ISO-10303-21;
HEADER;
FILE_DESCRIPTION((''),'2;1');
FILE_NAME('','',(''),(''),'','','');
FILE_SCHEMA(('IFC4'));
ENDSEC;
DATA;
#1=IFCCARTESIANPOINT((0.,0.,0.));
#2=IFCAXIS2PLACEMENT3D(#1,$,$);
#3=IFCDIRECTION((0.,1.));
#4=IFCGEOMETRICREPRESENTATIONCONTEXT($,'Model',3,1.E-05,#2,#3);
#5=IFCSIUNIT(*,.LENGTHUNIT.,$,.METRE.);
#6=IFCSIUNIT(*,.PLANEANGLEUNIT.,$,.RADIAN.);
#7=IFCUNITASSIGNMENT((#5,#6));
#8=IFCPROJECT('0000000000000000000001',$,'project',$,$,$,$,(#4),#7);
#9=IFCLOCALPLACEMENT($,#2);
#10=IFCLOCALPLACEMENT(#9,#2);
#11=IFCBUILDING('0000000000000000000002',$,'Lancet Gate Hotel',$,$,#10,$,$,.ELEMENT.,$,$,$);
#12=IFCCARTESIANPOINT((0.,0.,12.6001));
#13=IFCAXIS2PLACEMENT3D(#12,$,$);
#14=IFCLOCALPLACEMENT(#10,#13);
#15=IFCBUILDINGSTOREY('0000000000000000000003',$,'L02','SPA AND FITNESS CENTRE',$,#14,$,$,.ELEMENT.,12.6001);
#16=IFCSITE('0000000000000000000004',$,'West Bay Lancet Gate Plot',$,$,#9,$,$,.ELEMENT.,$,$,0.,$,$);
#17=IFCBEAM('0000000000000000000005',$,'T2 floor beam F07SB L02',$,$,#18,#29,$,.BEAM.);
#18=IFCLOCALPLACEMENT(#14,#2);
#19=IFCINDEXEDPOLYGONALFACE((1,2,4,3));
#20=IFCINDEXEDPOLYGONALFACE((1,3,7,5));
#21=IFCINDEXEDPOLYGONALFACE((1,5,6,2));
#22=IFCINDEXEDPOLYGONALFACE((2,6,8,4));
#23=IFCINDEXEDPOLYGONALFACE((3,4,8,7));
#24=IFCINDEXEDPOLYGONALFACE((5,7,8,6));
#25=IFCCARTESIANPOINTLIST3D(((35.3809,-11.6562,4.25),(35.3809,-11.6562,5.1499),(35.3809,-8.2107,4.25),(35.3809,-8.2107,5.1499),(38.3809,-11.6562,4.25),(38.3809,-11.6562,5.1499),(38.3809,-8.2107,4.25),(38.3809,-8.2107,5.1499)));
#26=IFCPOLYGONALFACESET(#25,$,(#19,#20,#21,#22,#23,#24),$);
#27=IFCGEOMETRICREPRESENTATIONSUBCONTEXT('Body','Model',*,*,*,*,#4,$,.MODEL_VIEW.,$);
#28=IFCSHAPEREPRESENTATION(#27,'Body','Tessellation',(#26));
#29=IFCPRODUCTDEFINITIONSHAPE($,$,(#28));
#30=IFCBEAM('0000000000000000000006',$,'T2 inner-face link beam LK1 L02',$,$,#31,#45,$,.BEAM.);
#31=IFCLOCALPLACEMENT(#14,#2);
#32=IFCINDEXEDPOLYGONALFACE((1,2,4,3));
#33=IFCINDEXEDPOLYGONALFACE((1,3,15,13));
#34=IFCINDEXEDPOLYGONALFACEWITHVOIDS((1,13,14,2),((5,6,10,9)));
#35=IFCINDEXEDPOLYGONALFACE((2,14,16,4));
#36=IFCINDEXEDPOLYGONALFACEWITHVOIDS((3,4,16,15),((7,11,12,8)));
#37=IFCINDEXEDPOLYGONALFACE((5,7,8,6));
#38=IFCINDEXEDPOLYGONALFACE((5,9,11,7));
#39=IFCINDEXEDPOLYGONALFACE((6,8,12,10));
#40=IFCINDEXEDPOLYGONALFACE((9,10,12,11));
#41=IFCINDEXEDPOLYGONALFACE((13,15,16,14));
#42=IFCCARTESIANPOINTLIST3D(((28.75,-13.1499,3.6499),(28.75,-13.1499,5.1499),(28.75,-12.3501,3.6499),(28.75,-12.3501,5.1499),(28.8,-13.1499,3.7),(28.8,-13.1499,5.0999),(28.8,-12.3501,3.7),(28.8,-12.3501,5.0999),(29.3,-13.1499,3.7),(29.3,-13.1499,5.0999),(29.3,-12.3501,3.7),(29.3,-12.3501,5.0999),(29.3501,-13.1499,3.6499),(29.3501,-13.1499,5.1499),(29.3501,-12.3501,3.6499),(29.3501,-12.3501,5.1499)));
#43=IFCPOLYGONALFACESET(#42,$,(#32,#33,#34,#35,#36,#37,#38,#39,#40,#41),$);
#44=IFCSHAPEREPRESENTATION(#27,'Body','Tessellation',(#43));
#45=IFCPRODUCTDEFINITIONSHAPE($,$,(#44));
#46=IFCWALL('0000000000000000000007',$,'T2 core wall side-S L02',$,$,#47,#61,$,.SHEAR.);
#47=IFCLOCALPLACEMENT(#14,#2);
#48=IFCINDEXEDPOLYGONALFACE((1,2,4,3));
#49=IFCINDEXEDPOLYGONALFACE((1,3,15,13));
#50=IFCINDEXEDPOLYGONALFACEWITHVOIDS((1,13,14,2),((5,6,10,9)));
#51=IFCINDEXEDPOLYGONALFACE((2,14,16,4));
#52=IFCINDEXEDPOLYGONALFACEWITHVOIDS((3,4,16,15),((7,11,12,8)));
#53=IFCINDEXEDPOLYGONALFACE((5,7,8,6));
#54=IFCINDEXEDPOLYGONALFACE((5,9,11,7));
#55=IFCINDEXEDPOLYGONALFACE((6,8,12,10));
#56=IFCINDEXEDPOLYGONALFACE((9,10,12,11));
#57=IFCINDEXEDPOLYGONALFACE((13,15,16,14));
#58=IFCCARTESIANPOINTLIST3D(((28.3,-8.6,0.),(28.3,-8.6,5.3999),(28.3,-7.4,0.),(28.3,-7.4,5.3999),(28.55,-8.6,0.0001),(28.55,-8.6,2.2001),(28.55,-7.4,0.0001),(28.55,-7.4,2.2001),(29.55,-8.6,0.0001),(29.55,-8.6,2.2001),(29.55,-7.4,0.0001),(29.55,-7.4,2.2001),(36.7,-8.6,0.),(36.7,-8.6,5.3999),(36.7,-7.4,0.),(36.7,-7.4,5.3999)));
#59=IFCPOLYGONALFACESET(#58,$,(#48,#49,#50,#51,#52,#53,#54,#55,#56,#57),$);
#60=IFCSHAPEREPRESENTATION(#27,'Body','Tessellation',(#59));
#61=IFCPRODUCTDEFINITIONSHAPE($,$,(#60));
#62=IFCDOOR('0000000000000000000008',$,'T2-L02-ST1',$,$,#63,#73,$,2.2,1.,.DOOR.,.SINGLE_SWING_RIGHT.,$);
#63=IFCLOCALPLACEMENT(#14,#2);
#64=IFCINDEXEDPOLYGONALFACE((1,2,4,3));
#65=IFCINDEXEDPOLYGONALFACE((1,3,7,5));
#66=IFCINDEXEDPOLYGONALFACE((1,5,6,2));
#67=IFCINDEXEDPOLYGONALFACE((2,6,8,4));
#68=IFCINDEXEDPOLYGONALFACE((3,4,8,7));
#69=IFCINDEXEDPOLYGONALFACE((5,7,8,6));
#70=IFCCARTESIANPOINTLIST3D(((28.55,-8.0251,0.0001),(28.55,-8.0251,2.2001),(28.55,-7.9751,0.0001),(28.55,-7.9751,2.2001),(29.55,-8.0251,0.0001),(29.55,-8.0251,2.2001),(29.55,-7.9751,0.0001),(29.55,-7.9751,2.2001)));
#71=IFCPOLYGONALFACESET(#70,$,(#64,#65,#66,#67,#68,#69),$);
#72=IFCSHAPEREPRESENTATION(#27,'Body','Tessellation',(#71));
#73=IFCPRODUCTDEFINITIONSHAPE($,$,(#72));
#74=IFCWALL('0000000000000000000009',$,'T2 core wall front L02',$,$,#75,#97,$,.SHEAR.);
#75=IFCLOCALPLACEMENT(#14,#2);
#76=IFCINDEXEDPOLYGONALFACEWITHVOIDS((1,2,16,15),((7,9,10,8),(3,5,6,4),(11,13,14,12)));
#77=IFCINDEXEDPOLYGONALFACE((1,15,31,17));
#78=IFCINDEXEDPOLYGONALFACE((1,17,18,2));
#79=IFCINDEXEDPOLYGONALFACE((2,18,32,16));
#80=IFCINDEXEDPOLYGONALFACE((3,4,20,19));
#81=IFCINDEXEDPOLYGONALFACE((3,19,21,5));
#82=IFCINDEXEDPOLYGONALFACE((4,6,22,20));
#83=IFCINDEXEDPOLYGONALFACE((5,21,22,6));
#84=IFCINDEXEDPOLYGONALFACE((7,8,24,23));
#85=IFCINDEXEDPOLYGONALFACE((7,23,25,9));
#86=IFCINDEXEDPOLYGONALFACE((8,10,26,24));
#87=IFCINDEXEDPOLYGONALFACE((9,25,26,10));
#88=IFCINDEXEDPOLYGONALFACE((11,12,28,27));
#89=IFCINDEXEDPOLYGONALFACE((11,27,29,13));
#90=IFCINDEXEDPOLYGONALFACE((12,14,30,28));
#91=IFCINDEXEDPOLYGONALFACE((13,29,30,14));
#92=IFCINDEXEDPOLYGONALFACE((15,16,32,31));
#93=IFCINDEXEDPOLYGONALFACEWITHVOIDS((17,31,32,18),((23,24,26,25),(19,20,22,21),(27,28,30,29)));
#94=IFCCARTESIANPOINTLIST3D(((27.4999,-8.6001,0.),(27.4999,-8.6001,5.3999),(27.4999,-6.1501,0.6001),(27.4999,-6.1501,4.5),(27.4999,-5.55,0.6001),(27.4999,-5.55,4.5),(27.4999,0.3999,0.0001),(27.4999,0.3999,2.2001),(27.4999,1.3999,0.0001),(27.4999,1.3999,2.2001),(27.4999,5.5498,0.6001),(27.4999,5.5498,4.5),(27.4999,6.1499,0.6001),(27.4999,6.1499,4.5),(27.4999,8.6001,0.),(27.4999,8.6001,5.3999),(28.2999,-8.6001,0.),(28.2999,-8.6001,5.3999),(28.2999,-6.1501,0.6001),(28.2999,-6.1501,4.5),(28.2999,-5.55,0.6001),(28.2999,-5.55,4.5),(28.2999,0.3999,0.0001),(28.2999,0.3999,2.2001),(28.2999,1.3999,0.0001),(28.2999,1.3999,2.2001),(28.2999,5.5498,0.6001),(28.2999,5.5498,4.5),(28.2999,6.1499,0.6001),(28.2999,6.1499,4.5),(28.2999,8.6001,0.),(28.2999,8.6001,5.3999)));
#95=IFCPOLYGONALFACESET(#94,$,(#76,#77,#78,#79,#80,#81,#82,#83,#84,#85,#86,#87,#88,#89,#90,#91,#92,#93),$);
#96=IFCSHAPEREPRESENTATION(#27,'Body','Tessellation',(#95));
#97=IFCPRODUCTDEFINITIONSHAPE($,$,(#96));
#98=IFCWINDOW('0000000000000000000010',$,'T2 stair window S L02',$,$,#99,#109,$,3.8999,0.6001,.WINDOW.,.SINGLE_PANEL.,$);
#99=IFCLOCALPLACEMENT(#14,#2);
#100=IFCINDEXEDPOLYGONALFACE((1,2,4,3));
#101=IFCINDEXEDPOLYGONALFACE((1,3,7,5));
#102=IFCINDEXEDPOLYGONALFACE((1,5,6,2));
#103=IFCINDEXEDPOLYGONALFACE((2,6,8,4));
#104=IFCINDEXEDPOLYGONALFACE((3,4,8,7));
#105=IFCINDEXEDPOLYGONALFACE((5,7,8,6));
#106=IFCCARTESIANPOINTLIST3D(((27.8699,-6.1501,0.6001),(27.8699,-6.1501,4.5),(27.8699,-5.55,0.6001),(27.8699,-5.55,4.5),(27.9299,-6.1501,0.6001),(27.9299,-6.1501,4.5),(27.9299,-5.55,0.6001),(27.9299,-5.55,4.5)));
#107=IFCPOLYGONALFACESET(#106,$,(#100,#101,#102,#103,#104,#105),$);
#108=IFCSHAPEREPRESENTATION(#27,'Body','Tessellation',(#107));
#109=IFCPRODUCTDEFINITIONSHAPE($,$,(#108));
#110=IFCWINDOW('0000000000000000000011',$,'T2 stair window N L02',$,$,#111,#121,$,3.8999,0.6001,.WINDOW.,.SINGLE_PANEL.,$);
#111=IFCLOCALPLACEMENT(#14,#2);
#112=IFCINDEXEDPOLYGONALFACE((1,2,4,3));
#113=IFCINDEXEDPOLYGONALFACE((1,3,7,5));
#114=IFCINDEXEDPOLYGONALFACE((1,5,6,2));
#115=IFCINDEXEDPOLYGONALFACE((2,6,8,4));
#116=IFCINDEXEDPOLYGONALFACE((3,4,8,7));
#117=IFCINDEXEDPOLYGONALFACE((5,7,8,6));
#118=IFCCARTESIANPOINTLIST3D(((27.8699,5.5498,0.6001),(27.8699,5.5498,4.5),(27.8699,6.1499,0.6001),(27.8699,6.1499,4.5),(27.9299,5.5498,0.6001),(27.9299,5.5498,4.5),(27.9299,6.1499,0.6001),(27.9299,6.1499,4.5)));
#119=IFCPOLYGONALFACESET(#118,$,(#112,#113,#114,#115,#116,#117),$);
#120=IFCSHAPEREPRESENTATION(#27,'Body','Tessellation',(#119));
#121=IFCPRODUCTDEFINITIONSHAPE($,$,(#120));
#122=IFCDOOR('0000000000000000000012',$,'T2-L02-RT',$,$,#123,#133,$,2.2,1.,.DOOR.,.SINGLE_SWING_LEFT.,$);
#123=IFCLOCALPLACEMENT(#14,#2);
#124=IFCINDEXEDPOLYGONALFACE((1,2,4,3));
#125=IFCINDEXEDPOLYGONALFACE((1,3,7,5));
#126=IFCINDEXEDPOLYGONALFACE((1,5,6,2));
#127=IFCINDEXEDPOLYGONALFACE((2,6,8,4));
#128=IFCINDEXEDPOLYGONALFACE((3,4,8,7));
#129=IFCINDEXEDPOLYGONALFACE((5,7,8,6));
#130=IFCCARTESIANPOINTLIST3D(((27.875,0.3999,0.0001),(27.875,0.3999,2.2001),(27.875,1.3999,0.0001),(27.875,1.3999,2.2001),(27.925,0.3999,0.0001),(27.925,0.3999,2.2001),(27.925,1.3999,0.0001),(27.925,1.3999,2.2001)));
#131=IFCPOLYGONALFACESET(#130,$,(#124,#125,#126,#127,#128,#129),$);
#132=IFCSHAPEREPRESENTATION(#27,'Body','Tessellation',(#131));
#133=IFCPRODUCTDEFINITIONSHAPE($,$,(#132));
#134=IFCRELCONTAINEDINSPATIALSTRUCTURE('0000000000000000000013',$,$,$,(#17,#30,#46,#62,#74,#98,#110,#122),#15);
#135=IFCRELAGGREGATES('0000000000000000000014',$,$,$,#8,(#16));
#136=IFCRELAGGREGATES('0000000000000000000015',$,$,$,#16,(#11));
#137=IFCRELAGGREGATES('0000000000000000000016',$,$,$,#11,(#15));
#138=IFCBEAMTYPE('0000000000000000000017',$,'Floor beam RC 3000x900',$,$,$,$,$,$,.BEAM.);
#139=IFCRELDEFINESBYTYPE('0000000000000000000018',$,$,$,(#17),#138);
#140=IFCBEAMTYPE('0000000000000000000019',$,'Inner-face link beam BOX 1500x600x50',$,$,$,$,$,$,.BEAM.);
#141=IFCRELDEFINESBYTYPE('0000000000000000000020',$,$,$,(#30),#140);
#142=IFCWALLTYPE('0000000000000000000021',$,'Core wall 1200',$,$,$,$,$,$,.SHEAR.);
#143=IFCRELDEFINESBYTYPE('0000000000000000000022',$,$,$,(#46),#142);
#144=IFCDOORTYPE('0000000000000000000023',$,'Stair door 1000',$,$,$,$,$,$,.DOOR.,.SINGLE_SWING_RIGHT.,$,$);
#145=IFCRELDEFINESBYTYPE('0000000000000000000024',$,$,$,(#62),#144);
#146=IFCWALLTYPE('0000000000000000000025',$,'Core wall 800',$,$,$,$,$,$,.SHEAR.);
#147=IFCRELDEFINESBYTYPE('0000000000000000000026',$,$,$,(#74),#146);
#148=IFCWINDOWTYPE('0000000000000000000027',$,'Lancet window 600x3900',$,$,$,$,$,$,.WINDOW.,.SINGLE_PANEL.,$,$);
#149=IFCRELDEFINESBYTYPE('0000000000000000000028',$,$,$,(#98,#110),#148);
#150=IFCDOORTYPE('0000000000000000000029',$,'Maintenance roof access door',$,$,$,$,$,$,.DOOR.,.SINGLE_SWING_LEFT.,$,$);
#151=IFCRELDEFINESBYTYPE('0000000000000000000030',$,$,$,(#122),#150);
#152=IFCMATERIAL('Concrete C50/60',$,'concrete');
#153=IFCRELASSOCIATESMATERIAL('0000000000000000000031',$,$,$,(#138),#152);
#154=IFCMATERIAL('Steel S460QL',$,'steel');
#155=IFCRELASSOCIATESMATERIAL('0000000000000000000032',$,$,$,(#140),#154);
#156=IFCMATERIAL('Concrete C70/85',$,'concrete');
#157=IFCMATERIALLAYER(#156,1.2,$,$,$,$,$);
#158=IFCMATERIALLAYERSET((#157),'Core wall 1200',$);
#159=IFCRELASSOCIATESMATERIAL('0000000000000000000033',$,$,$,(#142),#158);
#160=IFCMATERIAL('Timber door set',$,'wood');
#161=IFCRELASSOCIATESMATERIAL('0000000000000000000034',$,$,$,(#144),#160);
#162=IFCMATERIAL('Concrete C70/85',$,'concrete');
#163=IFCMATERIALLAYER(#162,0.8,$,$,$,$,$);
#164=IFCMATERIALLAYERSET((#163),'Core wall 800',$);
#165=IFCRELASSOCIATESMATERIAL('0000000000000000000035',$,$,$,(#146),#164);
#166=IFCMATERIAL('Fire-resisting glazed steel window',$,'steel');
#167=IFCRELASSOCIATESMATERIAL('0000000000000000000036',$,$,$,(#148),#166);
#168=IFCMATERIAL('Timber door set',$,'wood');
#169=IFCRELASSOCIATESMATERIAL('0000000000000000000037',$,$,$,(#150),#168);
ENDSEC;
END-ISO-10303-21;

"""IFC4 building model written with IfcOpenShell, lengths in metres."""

from ifc_helpers import new_model, si_unit, direction, frame, frame_2d, origin, origin_2d, place, context, subcontext, project, spatial, rectangle, hollow_rectangle, extrude, material, layer, layer_set, material_profile, profile_set, type_object, element, fill, save


model = new_model("IFC4")

# Units and contexts
model_context = context("Model", 3, precision=1e-05, world=origin(), true_north=direction((0.0, 1.0)))
body_context = subcontext(model_context, "Body", "Model", "MODEL_VIEW")
ifc_project = project(units=[si_unit("LENGTHUNIT", "METRE"), si_unit("PLANEANGLEUNIT", "RADIAN")], contexts=[model_context])

# Site, building, storey
site_placement = place(None, origin())
site = spatial("IfcSite", under=ifc_project, at=site_placement, Name="West Bay Lancet Gate Plot", CompositionType="ELEMENT", RefElevation=0.0)
building_placement = place(site_placement, origin())
building = spatial("IfcBuilding", under=site, at=building_placement, Name="Lancet Gate Hotel", CompositionType="ELEMENT")
storey_placement = place(building_placement, frame((0.0, 0.0, 12.6001)))
storey = spatial("IfcBuildingStorey", under=building, at=storey_placement, Name="L02", Description="SPA AND FITNESS CENTRE", CompositionType="ELEMENT", Elevation=12.6001)

# Beams
ifc_material_1 = material(Name="Concrete C50/60", Category="concrete")
ifc_material_profile_1 = material_profile(ifc_material_1, rectangle(XDim=3.0, YDim=0.8999, at=origin_2d()), Name="RC 3000x900")
ifc_profile_set_1 = profile_set([ifc_material_profile_1], Name="Concrete C50/60")
beam_type_1 = type_object("IfcBeamType", Name="Floor beam RC 3000x900", PredefinedType="BEAM", material=ifc_profile_set_1)
beam_1_placement = place(storey_placement, frame((36.8809, -11.6562, 4.7), z_axis=(0.0, 1.0, 0.0), x_axis=(-1.0, 0.0, 0.0)))
element("IfcBeam", 1, at=beam_1_placement, inside=storey, type_object=beam_type_1, Name="T2 floor beam F07SB L02", PredefinedType="BEAM", context=body_context, shape_type="SweptSolid", body=[
    extrude(rectangle(XDim=3.0, YDim=0.8999, at=origin_2d()), origin(), (0.0, 0.0, 1.0), 3.4456),
])
ifc_material_2 = material(Name="Steel S460QL", Category="steel")
ifc_material_profile_2 = material_profile(ifc_material_2, hollow_rectangle(XDim=0.6001, YDim=1.5, WallThickness=0.05, at=origin_2d()), Name="BOX 1500x600x50")
ifc_profile_set_2 = profile_set([ifc_material_profile_2], Name="Steel S460QL")
beam_type_2 = type_object("IfcBeamType", Name="Inner-face link beam BOX 1500x600x50", PredefinedType="BEAM", material=ifc_profile_set_2)
beam_2_placement = place(storey_placement, frame((29.05, -13.1499, 4.3999), z_axis=(0.0, 1.0, 0.0), x_axis=(-1.0, 0.0, 0.0)))
element("IfcBeam", 2, at=beam_2_placement, inside=storey, type_object=beam_type_2, Name="T2 inner-face link beam LK1 L02", PredefinedType="BEAM", context=body_context, shape_type="SweptSolid", body=[
    extrude(hollow_rectangle(XDim=0.6001, YDim=1.5, WallThickness=0.05, at=origin_2d()), origin(), (0.0, 0.0, 1.0), 0.7998),
])

# Wall, opening, door
ifc_material_3 = material(Name="Concrete C70/85", Category="concrete")
ifc_layer_1 = layer(ifc_material_3, 1.2)
ifc_layer_set_1 = layer_set([ifc_layer_1], Name="Core wall 1200")
wall_type_1 = type_object("IfcWallType", Name="Core wall 1200", PredefinedType="SHEAR", material=ifc_layer_set_1)
wall_1_placement = place(storey_placement, frame((28.3, -8.0, 0.0), z_axis=(0.0, 0.0, 1.0), x_axis=(1.0, 0.0, 0.0)))
wall_1 = element("IfcWall", 3, at=wall_1_placement, inside=storey, type_object=wall_type_1, Name="T2 core wall side-S L02", PredefinedType="SHEAR", context=body_context, shape_type="SweptSolid", body=[
    extrude(rectangle(XDim=8.3999, YDim=1.2, at=frame_2d((4.2, 0.0))), origin(), (0.0, 0.0, 1.0), 5.3999),
])
opening_1_placement = place(wall_1_placement, frame((0.25, 0.0, 0.0)))
opening_1 = element("IfcOpeningElement", 4, at=opening_1_placement, cuts=wall_1, PredefinedType="OPENING", context=body_context, shape_type="SweptSolid", body=[
    extrude(rectangle(XDim=1.0, YDim=2.2, at=frame_2d((0.5, 1.1001))), frame((0.0, 0.6099, 0.0), z_axis=(0.0, -1.0, 0.0), x_axis=(1.0, 0.0, 0.0)), (0.0, 0.0, 1.0), 1.22),
])
ifc_material_4 = material(Name="Timber door set", Category="wood")
door_type_1 = type_object("IfcDoorType", Name="Stair door 1000", OperationType="SINGLE_SWING_RIGHT", PredefinedType="DOOR", material=ifc_material_4)
door_1_placement = place(opening_1_placement, origin())
door_1 = element("IfcDoor", 5, at=door_1_placement, inside=storey, type_object=door_type_1, Name="T2-L02-ST1", OperationType="SINGLE_SWING_RIGHT", OverallHeight=2.2, OverallWidth=1.0, PredefinedType="DOOR", context=body_context, shape_type="SweptSolid", body=[
    extrude(rectangle(XDim=1.0, YDim=2.2, at=frame_2d((0.5, 1.1001))), frame((0.0, 0.0249, 0.0), z_axis=(0.0, -1.0, 0.0), x_axis=(1.0, 0.0, 0.0)), (0.0, 0.0, 1.0), 0.05),
])
fill(opening_1, door_1)

# Wall, openings, windows, door
ifc_material_5 = material(Name="Concrete C70/85", Category="concrete")
ifc_layer_2 = layer(ifc_material_5, 0.8)
ifc_layer_set_2 = layer_set([ifc_layer_2], Name="Core wall 800")
wall_type_2 = type_object("IfcWallType", Name="Core wall 800", PredefinedType="SHEAR", material=ifc_layer_set_2)
wall_2_placement = place(storey_placement, frame((27.8999, -8.6001, 0.0), z_axis=(0.0, 0.0, 1.0), x_axis=(0.0, 1.0, 0.0)))
wall_2 = element("IfcWall", 6, at=wall_2_placement, inside=storey, type_object=wall_type_2, Name="T2 core wall front L02", PredefinedType="SHEAR", context=body_context, shape_type="SweptSolid", body=[
    extrude(rectangle(XDim=17.2002, YDim=0.8, at=frame_2d((8.6001, 0.0))), origin(), (0.0, 0.0, 1.0), 5.3999),
])
opening_2_placement = place(wall_2_placement, frame((9.0, 0.0, 0.0)))
opening_2 = element("IfcOpeningElement", 7, at=opening_2_placement, cuts=wall_2, PredefinedType="OPENING", context=body_context, shape_type="SweptSolid", body=[
    extrude(rectangle(XDim=1.0, YDim=2.2, at=frame_2d((0.5, 1.1001))), frame((0.0, 0.4099, 0.0), z_axis=(0.0, -1.0, 0.0), x_axis=(1.0, 0.0, 0.0)), (0.0, 0.0, 1.0), 0.8201),
])
opening_3_placement = place(wall_2_placement, frame((2.45, 0.0, 0.6001)))
opening_3 = element("IfcOpeningElement", 8, at=opening_3_placement, cuts=wall_2, PredefinedType="OPENING", context=body_context, shape_type="SweptSolid", body=[
    extrude(rectangle(XDim=0.6001, YDim=3.8999, at=frame_2d((0.3, 1.95))), frame((0.0, 0.4099, 0.0), z_axis=(0.0, -1.0, 0.0), x_axis=(1.0, 0.0, 0.0)), (0.0, 0.0, 1.0), 0.8201),
])
opening_4_placement = place(wall_2_placement, frame((14.1499, 0.0, 0.6001)))
opening_4 = element("IfcOpeningElement", 9, at=opening_4_placement, cuts=wall_2, PredefinedType="OPENING", context=body_context, shape_type="SweptSolid", body=[
    extrude(rectangle(XDim=0.6001, YDim=3.8999, at=frame_2d((0.3, 1.95))), frame((0.0, 0.4099, 0.0), z_axis=(0.0, -1.0, 0.0), x_axis=(1.0, 0.0, 0.0)), (0.0, 0.0, 1.0), 0.8201),
])
ifc_material_6 = material(Name="Fire-resisting glazed steel window", Category="steel")
window_type = type_object("IfcWindowType", Name="Lancet window 600x3900", PartitioningType="SINGLE_PANEL", PredefinedType="WINDOW", material=ifc_material_6)
window_1_placement = place(opening_3_placement, origin())
window_1 = element("IfcWindow", 10, at=window_1_placement, inside=storey, type_object=window_type, Name="T2 stair window S L02", OverallHeight=3.8999, OverallWidth=0.6001, PartitioningType="SINGLE_PANEL", PredefinedType="WINDOW", context=body_context, shape_type="SweptSolid", body=[
    extrude(rectangle(XDim=0.6001, YDim=3.8999, at=frame_2d((0.3, 1.95))), frame((0.0, 0.03, 0.0), z_axis=(0.0, -1.0, 0.0), x_axis=(1.0, 0.0, 0.0)), (0.0, 0.0, 1.0), 0.0601),
])
fill(opening_3, window_1)
window_2_placement = place(opening_4_placement, origin())
window_2 = element("IfcWindow", 11, at=window_2_placement, inside=storey, type_object=window_type, Name="T2 stair window N L02", OverallHeight=3.8999, OverallWidth=0.6001, PartitioningType="SINGLE_PANEL", PredefinedType="WINDOW", context=body_context, shape_type="SweptSolid", body=[
    extrude(rectangle(XDim=0.6001, YDim=3.8999, at=frame_2d((0.3, 1.95))), frame((0.0, 0.03, 0.0), z_axis=(0.0, -1.0, 0.0), x_axis=(1.0, 0.0, 0.0)), (0.0, 0.0, 1.0), 0.0601),
])
fill(opening_4, window_2)
ifc_material_7 = material(Name="Timber door set", Category="wood")
door_type_2 = type_object("IfcDoorType", Name="Maintenance roof access door", OperationType="SINGLE_SWING_LEFT", PredefinedType="DOOR", material=ifc_material_7)
door_2_placement = place(opening_2_placement, origin())
door_2 = element("IfcDoor", 12, at=door_2_placement, inside=storey, type_object=door_type_2, Name="T2-L02-RT", OperationType="SINGLE_SWING_LEFT", OverallHeight=2.2, OverallWidth=1.0, PredefinedType="DOOR", context=body_context, shape_type="SweptSolid", body=[
    extrude(rectangle(XDim=1.0, YDim=2.2, at=frame_2d((0.5, 1.1001))), frame((0.0, 0.0249, 0.0), z_axis=(0.0, -1.0, 0.0), x_axis=(1.0, 0.0, 0.0)), (0.0, 0.0, 1.0), 0.05),
])
fill(opening_2, door_2)

save(model, "model.ifc")
